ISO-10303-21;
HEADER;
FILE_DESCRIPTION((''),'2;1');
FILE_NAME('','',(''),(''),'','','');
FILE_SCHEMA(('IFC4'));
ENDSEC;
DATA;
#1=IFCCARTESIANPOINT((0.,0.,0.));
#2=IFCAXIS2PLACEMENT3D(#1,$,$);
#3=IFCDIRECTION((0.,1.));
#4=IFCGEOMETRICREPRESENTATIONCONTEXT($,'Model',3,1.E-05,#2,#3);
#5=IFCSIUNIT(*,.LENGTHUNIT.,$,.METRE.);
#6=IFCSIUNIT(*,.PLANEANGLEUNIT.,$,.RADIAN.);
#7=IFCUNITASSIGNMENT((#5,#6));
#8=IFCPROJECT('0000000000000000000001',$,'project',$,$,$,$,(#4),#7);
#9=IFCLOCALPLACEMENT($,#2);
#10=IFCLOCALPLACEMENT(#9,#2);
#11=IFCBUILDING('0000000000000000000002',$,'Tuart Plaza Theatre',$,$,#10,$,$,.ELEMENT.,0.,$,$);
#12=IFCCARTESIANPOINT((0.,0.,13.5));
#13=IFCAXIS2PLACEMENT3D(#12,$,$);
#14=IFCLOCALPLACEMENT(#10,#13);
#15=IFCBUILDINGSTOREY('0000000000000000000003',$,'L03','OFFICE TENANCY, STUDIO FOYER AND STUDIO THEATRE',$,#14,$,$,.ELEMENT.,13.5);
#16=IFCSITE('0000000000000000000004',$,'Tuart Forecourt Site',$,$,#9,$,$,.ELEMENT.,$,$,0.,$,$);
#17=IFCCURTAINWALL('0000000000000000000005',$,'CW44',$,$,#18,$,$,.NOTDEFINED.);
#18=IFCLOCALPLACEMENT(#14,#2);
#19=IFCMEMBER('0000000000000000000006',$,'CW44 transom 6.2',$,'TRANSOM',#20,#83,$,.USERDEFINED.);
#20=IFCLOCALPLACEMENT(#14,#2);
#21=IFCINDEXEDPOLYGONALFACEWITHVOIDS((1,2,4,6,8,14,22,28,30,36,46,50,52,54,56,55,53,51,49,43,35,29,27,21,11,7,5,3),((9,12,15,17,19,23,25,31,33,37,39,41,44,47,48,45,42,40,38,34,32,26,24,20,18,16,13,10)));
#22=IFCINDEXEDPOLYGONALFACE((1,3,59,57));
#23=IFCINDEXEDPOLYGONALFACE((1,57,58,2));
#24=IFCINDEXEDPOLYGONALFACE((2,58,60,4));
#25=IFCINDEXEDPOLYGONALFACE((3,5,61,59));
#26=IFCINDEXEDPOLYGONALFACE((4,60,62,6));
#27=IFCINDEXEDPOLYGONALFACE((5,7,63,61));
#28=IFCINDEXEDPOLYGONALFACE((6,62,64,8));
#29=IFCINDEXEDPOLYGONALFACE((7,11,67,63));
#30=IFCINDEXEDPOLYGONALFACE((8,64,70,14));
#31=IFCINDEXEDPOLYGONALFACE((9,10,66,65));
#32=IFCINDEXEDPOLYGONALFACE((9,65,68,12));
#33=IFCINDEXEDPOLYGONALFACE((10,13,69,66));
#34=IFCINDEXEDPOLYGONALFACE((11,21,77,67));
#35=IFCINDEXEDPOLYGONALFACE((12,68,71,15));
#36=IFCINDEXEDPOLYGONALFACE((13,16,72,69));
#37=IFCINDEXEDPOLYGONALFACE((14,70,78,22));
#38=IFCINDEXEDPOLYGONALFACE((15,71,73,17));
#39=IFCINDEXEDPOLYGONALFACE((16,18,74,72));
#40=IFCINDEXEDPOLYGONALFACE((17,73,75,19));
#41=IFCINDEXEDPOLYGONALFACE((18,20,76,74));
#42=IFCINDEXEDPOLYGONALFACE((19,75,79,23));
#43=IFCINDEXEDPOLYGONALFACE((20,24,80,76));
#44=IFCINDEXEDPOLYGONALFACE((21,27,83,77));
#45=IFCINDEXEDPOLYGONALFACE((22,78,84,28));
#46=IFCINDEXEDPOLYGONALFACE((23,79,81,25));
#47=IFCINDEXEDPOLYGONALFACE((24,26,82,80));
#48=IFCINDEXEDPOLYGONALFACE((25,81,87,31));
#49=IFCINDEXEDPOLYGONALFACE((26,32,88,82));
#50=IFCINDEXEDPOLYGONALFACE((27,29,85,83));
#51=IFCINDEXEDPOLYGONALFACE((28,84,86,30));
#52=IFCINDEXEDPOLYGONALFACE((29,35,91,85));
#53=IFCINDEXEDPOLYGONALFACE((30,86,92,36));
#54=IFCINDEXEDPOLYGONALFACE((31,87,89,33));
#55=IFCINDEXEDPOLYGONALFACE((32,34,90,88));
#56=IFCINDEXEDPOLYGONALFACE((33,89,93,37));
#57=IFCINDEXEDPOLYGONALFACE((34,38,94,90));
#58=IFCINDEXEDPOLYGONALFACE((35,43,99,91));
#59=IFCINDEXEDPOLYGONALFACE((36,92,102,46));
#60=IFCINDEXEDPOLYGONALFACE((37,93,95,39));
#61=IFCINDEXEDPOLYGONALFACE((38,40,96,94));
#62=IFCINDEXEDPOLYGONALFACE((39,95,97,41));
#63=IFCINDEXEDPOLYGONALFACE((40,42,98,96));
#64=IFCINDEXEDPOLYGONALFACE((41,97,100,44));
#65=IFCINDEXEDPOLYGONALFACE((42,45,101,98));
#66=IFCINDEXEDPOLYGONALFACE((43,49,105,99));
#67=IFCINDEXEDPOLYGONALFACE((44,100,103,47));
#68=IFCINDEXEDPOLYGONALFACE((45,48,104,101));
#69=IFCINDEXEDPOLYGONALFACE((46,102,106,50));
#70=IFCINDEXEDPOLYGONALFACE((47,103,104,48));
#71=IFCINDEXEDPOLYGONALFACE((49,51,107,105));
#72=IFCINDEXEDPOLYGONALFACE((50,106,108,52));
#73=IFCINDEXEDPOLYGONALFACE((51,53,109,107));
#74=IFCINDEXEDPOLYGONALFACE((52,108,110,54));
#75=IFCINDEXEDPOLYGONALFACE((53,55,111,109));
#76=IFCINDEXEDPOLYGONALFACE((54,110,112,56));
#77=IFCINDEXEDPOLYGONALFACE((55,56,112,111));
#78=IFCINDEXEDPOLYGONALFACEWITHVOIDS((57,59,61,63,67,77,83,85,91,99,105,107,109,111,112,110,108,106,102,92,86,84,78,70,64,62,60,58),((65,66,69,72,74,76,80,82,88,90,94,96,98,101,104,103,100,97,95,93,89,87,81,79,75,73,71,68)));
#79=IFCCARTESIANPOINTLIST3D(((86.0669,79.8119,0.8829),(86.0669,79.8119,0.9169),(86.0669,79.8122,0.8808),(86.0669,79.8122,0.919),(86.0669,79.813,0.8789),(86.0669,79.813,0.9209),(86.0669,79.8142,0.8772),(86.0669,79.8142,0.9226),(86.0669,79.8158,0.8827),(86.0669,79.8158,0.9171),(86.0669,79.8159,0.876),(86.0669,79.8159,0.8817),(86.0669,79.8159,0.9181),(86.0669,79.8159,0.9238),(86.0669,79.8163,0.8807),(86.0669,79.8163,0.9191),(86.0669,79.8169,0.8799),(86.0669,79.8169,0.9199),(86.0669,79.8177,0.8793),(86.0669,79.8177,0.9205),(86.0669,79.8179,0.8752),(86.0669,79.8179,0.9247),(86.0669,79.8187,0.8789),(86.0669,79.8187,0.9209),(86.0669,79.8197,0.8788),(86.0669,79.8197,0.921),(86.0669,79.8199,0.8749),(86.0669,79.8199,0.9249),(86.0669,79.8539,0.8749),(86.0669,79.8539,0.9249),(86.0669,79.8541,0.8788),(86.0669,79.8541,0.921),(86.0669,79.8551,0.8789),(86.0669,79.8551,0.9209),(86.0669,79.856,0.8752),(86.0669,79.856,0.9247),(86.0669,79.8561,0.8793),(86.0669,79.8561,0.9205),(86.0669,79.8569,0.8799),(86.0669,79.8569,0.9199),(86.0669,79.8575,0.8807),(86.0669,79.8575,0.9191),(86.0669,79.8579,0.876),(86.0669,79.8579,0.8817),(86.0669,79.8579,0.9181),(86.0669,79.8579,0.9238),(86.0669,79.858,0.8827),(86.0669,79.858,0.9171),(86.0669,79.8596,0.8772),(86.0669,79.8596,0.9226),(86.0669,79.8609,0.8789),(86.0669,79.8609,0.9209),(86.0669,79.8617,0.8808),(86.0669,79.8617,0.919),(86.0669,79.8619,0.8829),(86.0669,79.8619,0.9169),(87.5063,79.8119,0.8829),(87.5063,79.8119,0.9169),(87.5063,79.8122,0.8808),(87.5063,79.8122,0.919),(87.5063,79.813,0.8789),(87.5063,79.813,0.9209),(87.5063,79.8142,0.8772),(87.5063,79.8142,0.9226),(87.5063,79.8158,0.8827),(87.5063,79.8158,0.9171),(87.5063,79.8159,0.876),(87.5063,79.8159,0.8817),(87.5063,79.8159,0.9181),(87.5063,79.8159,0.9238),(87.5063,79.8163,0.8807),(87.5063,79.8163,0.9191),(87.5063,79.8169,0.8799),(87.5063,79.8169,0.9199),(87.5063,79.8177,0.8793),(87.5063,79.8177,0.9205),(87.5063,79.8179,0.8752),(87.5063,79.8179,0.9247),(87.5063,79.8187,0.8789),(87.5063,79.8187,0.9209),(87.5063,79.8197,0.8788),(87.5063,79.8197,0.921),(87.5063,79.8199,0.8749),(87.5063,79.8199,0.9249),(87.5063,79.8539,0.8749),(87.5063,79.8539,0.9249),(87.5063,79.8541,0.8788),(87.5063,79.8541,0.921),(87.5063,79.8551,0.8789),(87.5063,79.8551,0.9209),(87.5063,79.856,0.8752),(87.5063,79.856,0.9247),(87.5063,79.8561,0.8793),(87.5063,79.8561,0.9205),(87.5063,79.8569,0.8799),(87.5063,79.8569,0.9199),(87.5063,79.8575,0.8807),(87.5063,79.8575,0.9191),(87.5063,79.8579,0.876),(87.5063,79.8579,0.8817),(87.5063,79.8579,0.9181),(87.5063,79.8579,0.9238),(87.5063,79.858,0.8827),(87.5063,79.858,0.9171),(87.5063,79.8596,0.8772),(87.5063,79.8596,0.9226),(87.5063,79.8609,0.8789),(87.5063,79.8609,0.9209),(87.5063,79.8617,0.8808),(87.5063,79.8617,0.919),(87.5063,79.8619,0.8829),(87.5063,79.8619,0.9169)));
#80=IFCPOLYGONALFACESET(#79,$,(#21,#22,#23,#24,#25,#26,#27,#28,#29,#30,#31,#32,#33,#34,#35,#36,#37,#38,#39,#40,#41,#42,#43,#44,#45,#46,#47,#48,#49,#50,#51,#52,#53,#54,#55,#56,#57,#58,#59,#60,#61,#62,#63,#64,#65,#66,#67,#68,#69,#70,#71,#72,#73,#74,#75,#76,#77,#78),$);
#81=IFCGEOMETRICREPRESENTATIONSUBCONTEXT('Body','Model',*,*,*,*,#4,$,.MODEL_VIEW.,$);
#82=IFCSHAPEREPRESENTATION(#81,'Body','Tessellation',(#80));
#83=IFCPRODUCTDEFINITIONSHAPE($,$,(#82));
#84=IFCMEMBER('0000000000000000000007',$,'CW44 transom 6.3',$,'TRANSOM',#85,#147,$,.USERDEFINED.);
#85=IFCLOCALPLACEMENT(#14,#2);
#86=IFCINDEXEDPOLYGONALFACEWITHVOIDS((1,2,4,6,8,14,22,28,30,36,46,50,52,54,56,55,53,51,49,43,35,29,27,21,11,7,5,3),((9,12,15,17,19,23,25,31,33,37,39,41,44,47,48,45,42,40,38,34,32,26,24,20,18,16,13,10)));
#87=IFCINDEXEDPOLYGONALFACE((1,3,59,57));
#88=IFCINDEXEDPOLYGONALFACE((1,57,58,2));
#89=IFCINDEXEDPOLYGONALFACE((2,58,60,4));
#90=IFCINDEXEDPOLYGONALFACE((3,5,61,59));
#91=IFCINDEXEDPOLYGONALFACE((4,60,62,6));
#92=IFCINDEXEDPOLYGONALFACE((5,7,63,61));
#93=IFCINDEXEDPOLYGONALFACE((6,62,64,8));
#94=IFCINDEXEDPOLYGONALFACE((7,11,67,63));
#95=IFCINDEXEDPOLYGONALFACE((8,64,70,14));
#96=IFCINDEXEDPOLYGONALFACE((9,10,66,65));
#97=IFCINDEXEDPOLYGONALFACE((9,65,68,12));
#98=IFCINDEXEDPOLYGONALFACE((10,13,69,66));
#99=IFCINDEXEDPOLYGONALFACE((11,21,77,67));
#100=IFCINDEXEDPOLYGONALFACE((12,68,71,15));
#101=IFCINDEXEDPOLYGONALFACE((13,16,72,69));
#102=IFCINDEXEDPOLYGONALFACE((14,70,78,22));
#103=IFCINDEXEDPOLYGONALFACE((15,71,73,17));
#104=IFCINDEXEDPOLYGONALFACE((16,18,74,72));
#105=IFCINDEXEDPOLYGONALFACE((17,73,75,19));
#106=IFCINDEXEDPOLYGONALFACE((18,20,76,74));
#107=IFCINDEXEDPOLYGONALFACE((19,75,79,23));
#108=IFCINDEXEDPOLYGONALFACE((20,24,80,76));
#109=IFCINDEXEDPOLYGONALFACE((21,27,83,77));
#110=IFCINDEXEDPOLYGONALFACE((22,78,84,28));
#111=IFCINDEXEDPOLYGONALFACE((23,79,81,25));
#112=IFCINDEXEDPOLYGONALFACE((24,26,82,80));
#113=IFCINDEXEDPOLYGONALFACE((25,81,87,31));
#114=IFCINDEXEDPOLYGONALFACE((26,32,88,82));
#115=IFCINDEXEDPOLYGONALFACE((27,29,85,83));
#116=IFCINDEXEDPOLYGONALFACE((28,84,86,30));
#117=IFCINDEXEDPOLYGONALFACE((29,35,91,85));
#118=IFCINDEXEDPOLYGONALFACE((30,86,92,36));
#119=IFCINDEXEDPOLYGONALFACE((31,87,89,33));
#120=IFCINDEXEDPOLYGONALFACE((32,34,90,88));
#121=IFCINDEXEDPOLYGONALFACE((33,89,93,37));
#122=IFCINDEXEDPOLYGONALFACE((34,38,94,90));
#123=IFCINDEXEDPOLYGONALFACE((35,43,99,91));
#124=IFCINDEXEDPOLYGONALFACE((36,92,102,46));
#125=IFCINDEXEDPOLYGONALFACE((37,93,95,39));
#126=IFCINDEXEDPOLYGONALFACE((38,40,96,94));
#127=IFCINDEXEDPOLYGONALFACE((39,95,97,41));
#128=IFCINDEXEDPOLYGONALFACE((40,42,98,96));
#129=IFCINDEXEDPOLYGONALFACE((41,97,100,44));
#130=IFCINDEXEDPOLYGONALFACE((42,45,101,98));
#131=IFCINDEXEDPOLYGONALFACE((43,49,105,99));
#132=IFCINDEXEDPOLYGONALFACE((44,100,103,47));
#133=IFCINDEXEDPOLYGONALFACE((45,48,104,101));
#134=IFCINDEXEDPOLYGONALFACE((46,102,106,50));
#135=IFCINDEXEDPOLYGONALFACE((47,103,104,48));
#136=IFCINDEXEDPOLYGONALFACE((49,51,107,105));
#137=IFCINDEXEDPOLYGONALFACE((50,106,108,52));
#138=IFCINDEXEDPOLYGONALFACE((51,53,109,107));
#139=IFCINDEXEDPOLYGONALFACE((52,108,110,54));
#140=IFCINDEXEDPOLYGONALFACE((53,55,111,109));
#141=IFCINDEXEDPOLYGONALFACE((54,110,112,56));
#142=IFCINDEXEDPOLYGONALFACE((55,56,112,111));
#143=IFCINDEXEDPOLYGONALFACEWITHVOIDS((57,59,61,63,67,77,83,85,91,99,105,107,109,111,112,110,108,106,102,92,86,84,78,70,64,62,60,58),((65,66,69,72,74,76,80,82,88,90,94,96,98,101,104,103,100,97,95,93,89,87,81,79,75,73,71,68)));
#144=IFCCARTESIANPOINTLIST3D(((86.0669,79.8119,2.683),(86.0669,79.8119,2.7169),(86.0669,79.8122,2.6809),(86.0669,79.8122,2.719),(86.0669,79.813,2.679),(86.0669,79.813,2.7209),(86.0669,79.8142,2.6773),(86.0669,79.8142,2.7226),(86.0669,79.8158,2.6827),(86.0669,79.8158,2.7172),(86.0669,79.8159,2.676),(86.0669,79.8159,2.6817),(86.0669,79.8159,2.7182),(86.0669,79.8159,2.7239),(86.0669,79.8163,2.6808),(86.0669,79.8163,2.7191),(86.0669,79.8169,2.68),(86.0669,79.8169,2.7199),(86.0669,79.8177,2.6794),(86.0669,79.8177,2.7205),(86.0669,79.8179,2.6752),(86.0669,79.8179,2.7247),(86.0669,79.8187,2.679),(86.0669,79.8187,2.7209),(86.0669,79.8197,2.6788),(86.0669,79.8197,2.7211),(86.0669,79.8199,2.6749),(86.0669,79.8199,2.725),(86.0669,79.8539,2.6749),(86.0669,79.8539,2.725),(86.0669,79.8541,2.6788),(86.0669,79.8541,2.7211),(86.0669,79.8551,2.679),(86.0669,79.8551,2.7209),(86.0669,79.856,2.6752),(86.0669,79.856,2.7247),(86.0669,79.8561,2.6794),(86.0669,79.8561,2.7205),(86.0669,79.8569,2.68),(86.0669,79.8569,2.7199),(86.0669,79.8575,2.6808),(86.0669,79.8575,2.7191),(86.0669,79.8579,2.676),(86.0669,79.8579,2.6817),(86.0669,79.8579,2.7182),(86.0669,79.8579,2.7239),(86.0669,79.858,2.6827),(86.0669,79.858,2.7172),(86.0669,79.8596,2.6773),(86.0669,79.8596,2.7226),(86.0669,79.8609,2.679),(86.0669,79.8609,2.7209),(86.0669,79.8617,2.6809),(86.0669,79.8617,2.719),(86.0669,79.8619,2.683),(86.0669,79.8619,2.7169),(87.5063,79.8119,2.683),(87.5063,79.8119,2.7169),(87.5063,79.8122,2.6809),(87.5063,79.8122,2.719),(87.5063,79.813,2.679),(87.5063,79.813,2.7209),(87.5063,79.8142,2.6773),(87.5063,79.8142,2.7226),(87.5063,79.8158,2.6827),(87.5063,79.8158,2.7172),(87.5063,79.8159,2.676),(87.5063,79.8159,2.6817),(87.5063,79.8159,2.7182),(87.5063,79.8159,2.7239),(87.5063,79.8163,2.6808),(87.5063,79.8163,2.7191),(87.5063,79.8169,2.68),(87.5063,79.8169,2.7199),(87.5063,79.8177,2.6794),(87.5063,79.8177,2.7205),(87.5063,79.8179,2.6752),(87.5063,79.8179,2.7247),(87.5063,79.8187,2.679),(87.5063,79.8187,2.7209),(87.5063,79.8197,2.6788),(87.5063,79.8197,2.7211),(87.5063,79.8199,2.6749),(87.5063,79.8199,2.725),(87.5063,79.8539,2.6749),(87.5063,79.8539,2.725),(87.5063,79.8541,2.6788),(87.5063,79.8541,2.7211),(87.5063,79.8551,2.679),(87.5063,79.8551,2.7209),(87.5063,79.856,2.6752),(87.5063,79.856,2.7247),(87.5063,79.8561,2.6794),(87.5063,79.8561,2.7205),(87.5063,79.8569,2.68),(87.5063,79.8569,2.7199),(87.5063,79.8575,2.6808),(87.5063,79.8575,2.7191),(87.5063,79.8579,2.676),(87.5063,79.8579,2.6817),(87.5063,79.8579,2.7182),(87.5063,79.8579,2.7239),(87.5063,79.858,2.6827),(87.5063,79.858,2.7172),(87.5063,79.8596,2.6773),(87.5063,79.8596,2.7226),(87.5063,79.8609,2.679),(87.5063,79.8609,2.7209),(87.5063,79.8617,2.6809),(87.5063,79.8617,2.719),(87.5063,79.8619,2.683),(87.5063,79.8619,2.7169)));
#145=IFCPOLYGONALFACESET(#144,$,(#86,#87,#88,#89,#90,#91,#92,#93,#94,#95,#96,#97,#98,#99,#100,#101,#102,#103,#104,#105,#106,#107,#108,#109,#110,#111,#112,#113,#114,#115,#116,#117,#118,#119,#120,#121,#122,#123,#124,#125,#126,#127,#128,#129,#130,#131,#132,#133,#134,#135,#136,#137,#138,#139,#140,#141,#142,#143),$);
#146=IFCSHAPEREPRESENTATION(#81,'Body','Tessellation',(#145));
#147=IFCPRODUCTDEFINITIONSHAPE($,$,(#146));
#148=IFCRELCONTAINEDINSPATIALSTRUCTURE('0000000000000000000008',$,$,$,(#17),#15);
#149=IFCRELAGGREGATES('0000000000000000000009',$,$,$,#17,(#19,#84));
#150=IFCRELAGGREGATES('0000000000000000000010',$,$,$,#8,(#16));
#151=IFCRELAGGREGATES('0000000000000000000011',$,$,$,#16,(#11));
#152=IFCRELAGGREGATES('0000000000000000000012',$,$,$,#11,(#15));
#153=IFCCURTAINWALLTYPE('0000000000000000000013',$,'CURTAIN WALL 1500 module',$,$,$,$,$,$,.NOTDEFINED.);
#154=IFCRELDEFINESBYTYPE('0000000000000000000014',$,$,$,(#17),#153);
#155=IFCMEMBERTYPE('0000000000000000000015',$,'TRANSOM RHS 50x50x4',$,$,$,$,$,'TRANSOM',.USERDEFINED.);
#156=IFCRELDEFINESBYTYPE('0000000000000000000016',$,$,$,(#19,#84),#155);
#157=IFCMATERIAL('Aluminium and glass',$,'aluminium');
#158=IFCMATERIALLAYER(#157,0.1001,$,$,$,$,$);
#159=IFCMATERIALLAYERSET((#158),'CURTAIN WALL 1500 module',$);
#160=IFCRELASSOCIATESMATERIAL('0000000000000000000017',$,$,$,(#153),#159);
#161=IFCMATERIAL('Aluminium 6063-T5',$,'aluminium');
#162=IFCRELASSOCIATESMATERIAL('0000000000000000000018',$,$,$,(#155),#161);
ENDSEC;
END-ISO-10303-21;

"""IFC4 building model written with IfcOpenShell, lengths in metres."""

from ifc_helpers import new_model, si_unit, direction, frame, origin, origin_2d, place, context, subcontext, project, spatial, hollow_rectangle, extrude, material, layer, layer_set, material_profile, profile_set, type_object, element, aggregate, save


model = new_model("IFC4")

# Units and contexts
model_context = context("Model", 3, precision=1e-05, world=origin(), true_north=direction((0.0, 1.0)))
body_context = subcontext(model_context, "Body", "Model", "MODEL_VIEW")
ifc_project = project(units=[si_unit("LENGTHUNIT", "METRE"), si_unit("PLANEANGLEUNIT", "RADIAN")], contexts=[model_context])

# Site, building, storey
site_placement = place(None, origin())
site = spatial("IfcSite", under=ifc_project, at=site_placement, Name="Tuart Forecourt Site", CompositionType="ELEMENT", RefElevation=0.0)
building_placement = place(site_placement, origin())
building = spatial("IfcBuilding", under=site, at=building_placement, Name="Tuart Plaza Theatre", CompositionType="ELEMENT", ElevationOfRefHeight=0.0)
storey_placement = place(building_placement, frame((0.0, 0.0, 13.5)))
storey = spatial("IfcBuildingStorey", under=building, at=storey_placement, Name="L03", Description="OFFICE TENANCY, STUDIO FOYER AND STUDIO THEATRE", CompositionType="ELEMENT", Elevation=13.5)

# Curtain wall, members
ifc_material_1 = material(Name="Aluminium and glass", Category="aluminium")
ifc_layer_1 = layer(ifc_material_1, 0.1001)
ifc_layer_set_1 = layer_set([ifc_layer_1], Name="CURTAIN WALL 1500 module")
curtain_wall_type = type_object("IfcCurtainWallType", Name="CURTAIN WALL 1500 module", PredefinedType="NOTDEFINED", material=ifc_layer_set_1)
curtain_wall_placement = place(storey_placement, origin())
curtain_wall = element("IfcCurtainWall", 1, at=curtain_wall_placement, inside=storey, type_object=curtain_wall_type, Name="CW44", PredefinedType="NOTDEFINED")
ifc_material_2 = material(Name="Aluminium 6063-T5", Category="aluminium")
ifc_material_profile_1 = material_profile(ifc_material_2, hollow_rectangle(XDim=0.05, YDim=0.05, WallThickness=0.0039, InnerFilletRadius=0.0039, OuterFilletRadius=0.0081, at=origin_2d()), Name="RHS 50x50x4")
ifc_profile_set_1 = profile_set([ifc_material_profile_1], Name="Aluminium 6063-T5")
member_type_1 = type_object("IfcMemberType", Name="TRANSOM RHS 50x50x4", ElementType="TRANSOM", PredefinedType="USERDEFINED", material=ifc_profile_set_1)
member_1_placement = place(storey_placement, frame((86.0669, 79.8369, 0.8999), z_axis=(1.0, 0.0, 0.0), x_axis=(0.0, 1.0, 0.0)))
member_1 = element("IfcMember", 2, at=member_1_placement, type_object=member_type_1, Name="CW44 transom 6.2", ObjectType="TRANSOM", PredefinedType="USERDEFINED", context=body_context, shape_type="SweptSolid", body=[
    extrude(hollow_rectangle(XDim=0.05, YDim=0.05, WallThickness=0.0039, InnerFilletRadius=0.0039, OuterFilletRadius=0.0081, at=origin_2d()), origin(), (0.0, 0.0, 1.0), 1.4395),
])
member_2_placement = place(storey_placement, frame((86.0669, 79.8369, 2.7), z_axis=(1.0, 0.0, 0.0), x_axis=(0.0, 1.0, 0.0)))
member_2 = element("IfcMember", 3, at=member_2_placement, type_object=member_type_1, Name="CW44 transom 6.3", ObjectType="TRANSOM", PredefinedType="USERDEFINED", context=body_context, shape_type="SweptSolid", body=[
    extrude(hollow_rectangle(XDim=0.05, YDim=0.05, WallThickness=0.0039, InnerFilletRadius=0.0039, OuterFilletRadius=0.0081, at=origin_2d()), origin(), (0.0, 0.0, 1.0), 1.4395),
])
aggregate(curtain_wall, [member_1, member_2])

save(model, "model.ifc")
